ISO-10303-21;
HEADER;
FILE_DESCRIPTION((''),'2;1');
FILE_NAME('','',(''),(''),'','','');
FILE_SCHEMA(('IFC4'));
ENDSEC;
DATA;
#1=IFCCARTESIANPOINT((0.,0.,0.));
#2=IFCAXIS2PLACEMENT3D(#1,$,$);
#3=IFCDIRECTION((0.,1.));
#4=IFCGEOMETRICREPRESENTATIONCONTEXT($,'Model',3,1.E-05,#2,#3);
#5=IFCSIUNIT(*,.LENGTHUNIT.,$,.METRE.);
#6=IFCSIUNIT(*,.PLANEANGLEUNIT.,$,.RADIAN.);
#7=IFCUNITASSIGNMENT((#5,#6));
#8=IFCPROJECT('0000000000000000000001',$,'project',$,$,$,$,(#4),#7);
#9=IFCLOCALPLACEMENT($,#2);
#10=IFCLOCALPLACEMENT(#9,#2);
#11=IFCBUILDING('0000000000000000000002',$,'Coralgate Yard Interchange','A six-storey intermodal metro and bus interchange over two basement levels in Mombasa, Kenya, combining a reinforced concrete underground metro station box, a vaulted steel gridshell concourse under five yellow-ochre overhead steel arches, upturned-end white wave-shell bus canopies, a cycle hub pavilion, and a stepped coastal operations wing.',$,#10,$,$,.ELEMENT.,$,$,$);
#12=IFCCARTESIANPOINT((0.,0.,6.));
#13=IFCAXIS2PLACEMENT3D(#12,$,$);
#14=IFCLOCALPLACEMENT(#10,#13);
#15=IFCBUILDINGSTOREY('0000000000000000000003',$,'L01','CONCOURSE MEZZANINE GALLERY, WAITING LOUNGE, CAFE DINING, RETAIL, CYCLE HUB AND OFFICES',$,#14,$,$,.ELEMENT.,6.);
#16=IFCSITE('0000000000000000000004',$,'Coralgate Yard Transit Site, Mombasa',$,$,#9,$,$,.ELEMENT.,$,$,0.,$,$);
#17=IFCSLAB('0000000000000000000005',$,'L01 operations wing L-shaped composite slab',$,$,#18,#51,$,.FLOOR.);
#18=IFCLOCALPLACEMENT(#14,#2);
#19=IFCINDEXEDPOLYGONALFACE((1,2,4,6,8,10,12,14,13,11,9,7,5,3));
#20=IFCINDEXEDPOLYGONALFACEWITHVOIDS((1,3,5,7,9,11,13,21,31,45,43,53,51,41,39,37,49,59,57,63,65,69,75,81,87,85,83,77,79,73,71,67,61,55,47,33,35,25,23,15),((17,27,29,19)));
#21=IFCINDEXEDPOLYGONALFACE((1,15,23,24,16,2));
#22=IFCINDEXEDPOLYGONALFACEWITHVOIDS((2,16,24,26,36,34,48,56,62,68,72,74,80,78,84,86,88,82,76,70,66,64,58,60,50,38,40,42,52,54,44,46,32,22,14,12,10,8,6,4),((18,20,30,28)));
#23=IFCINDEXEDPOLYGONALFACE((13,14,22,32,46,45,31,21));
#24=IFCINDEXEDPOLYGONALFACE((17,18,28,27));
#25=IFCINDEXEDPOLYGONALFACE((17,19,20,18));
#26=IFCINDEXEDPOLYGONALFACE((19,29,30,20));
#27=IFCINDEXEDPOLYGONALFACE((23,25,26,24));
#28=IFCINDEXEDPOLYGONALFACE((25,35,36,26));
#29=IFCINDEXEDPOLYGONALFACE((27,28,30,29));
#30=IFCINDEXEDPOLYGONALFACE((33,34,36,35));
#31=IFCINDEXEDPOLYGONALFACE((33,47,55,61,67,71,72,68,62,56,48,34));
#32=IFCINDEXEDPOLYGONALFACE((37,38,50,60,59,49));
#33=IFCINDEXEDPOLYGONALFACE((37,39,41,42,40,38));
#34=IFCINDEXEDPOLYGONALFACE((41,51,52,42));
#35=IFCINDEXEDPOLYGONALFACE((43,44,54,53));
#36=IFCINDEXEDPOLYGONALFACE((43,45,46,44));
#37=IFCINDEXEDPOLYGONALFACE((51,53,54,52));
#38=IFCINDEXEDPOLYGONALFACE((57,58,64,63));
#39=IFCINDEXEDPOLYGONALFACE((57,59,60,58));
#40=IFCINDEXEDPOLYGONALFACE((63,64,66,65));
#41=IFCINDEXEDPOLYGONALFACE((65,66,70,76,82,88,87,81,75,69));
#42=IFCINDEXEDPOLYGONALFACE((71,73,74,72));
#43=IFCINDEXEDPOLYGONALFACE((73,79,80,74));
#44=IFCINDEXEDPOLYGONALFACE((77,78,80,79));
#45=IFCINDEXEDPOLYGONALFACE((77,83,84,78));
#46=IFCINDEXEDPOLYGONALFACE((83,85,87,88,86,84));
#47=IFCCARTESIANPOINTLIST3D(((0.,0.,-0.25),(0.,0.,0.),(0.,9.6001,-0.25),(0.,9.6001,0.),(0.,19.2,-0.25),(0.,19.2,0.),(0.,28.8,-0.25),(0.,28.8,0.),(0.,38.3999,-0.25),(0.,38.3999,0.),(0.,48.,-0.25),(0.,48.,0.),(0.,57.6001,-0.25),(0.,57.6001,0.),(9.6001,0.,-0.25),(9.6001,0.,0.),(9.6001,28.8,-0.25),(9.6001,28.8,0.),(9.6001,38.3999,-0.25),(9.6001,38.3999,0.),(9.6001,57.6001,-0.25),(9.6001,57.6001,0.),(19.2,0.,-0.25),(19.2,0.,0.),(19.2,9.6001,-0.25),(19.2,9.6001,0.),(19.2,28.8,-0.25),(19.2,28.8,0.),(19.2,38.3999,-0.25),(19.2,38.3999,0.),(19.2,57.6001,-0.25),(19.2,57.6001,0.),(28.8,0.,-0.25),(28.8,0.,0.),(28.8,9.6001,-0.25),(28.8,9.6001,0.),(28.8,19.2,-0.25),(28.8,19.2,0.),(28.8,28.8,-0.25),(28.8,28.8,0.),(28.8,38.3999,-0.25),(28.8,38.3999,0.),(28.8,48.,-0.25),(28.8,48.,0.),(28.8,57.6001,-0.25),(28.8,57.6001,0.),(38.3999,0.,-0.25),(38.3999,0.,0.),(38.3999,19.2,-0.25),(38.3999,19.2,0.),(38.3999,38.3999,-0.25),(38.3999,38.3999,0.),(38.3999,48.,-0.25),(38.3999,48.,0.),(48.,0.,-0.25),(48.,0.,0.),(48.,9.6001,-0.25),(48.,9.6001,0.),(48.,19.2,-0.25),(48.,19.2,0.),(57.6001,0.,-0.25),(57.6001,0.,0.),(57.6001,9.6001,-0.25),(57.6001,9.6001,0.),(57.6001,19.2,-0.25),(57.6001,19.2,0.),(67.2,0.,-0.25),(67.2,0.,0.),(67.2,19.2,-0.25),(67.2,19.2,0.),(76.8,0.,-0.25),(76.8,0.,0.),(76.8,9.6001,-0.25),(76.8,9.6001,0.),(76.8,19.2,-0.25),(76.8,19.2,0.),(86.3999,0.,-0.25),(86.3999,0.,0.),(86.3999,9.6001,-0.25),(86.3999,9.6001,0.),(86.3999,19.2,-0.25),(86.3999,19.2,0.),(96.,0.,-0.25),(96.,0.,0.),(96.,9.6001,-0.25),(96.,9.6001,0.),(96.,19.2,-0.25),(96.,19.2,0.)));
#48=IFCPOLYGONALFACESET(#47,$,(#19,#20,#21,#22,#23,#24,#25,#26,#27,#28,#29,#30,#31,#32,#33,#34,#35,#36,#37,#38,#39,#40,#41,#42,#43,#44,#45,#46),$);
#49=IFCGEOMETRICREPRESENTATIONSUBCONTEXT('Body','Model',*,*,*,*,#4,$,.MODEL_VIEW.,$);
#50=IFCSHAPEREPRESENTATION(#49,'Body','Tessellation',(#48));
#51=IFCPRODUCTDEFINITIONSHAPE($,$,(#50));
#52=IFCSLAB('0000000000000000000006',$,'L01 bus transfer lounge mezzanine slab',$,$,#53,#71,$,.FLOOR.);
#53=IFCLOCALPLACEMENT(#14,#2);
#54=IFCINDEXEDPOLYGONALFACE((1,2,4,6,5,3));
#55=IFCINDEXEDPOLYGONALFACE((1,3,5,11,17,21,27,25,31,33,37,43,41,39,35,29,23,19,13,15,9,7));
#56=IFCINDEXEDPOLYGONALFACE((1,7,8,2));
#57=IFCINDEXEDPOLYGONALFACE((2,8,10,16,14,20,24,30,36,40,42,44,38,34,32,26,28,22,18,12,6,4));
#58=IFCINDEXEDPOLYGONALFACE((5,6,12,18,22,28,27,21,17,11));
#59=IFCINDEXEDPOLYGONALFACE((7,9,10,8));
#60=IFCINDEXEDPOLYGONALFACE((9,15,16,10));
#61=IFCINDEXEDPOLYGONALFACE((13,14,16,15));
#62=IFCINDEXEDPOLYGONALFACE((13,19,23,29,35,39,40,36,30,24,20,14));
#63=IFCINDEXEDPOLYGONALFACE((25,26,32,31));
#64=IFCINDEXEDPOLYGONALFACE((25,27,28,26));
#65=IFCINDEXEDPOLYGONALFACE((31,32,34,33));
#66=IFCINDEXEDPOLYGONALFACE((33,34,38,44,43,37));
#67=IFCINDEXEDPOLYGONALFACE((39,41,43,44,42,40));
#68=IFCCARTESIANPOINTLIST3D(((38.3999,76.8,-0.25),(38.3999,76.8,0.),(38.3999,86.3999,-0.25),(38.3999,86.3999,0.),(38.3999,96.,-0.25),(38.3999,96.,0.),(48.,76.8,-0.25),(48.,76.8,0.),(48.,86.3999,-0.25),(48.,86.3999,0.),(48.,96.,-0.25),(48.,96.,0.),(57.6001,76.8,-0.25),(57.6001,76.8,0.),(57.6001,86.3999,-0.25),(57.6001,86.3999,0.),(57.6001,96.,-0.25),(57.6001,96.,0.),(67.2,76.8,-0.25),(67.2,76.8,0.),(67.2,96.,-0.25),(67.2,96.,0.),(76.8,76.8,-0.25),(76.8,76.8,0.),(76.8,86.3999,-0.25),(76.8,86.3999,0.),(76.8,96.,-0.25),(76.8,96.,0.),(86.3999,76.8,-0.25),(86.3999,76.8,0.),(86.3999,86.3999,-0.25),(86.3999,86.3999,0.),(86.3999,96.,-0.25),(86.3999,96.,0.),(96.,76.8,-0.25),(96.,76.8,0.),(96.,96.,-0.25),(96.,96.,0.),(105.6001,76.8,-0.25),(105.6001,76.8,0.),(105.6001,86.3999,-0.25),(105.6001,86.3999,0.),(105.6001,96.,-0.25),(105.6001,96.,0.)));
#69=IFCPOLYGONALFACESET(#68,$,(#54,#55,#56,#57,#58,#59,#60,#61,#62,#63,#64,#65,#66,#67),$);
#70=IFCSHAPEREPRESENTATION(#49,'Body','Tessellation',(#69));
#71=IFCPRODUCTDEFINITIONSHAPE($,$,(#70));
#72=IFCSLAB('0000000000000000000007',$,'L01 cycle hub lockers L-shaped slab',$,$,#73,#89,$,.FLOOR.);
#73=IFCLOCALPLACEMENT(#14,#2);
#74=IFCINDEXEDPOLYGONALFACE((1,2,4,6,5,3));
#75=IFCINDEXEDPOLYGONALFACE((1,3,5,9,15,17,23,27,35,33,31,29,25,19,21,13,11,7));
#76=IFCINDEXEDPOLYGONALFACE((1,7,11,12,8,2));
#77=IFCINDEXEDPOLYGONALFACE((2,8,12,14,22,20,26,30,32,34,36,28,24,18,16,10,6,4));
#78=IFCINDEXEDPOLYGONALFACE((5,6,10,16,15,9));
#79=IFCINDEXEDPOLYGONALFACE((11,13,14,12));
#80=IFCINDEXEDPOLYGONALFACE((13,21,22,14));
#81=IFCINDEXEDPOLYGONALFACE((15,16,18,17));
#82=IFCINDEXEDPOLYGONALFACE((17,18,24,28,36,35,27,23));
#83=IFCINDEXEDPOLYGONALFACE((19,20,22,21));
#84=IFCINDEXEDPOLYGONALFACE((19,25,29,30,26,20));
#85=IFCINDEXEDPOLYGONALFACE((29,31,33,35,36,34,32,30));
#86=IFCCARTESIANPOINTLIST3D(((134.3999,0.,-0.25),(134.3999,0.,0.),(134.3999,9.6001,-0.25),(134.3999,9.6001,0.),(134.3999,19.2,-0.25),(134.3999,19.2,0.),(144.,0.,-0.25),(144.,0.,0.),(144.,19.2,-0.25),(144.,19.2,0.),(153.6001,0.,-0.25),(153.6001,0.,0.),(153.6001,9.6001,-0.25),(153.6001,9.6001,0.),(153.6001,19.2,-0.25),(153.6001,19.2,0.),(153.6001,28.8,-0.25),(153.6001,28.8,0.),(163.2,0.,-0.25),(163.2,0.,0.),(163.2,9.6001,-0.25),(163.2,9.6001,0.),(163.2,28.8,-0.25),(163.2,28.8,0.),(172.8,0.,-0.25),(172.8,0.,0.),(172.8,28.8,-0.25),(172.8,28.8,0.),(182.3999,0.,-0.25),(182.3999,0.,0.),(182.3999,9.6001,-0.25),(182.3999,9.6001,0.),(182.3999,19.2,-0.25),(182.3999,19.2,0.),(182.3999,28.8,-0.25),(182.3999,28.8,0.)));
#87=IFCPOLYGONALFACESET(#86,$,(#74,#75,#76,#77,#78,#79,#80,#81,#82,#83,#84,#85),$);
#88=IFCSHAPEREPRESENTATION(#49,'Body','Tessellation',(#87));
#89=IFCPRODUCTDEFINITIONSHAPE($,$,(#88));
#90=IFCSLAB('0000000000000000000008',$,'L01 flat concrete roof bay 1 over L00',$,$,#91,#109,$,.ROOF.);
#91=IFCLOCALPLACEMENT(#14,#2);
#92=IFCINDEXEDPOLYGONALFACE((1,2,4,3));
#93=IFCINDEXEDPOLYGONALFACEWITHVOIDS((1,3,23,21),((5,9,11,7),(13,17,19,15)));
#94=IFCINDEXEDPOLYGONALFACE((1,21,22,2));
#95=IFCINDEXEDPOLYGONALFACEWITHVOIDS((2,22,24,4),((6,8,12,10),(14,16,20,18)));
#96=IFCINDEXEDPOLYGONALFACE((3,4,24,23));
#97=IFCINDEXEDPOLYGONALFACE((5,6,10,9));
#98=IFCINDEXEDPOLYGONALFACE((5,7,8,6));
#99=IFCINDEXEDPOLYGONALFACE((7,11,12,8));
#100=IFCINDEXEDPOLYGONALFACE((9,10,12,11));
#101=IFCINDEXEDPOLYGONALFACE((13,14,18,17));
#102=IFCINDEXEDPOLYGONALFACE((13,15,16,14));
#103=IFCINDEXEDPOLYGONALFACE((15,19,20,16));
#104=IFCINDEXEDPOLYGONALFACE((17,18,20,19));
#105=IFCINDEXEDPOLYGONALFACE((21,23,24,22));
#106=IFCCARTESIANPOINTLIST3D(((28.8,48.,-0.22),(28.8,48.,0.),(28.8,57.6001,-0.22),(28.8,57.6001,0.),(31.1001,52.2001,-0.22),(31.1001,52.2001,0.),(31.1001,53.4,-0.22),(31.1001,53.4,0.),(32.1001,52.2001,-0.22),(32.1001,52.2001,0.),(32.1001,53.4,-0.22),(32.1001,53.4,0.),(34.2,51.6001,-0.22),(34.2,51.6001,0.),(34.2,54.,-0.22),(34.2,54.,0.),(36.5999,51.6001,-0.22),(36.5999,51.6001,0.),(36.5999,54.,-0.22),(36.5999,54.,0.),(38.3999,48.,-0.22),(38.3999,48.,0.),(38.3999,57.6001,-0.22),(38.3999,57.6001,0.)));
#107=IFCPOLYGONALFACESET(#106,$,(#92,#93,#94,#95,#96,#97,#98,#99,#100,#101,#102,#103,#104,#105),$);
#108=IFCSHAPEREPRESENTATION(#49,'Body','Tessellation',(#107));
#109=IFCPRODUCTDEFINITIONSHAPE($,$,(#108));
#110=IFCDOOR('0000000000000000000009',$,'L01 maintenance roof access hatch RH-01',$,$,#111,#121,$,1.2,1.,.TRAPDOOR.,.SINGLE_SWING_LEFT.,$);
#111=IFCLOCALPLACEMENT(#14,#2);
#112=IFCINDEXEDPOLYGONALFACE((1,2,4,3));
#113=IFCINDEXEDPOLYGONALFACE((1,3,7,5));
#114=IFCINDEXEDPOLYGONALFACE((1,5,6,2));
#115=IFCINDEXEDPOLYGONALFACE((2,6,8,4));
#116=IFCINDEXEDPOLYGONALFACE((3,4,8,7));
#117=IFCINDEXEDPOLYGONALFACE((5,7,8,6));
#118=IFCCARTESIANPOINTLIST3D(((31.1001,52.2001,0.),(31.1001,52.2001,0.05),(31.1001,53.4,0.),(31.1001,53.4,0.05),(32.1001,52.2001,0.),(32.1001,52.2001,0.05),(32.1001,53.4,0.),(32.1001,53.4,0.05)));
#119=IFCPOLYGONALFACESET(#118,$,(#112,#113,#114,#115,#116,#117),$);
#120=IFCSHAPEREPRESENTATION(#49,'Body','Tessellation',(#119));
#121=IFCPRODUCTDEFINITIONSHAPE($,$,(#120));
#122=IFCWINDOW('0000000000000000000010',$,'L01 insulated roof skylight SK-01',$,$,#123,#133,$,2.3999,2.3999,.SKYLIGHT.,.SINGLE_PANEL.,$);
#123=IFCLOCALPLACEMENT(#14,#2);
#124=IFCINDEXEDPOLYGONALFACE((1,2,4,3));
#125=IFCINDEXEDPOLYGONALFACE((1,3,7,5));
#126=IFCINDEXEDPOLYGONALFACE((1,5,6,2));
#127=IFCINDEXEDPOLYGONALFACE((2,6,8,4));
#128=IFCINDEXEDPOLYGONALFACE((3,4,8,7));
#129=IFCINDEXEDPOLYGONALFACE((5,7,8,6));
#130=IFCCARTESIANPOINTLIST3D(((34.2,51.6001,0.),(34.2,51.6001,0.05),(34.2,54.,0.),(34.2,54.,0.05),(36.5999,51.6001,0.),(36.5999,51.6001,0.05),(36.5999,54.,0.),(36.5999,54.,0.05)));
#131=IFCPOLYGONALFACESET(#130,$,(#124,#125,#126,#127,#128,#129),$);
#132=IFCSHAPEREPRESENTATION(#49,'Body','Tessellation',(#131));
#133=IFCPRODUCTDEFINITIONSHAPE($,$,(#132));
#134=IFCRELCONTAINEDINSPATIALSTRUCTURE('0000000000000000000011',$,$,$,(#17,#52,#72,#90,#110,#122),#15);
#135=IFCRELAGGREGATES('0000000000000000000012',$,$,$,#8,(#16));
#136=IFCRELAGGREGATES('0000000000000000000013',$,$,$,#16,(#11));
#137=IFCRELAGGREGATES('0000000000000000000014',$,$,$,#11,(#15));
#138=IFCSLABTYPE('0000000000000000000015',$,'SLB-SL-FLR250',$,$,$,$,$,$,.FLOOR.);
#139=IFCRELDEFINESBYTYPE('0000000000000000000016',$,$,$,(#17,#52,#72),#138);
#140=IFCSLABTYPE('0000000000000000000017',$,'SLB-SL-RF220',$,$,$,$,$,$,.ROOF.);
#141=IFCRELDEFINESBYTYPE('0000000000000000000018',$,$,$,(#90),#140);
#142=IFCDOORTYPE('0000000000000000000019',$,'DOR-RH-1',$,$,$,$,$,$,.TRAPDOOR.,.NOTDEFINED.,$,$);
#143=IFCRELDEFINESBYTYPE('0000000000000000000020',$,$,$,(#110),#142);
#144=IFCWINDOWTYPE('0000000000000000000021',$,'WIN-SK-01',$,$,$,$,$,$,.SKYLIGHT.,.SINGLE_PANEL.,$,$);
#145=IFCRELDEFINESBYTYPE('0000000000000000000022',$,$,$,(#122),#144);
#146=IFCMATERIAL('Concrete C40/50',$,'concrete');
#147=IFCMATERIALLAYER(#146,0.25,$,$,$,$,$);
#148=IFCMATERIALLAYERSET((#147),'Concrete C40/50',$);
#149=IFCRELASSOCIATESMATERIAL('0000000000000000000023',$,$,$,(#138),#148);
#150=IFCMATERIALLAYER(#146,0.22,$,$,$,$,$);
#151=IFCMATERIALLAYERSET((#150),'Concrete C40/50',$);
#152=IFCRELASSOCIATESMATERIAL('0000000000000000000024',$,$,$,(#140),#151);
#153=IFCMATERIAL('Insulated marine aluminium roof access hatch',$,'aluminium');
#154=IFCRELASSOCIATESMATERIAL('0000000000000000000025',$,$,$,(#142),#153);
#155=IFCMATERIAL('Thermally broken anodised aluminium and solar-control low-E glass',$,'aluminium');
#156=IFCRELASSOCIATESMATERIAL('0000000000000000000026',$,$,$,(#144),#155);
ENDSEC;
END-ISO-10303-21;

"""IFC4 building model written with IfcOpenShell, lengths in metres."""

from ifc_helpers import new_model, si_unit, direction, frame, origin, origin_2d, place, context, subcontext, project, spatial, polyline, rectangle, outline, extrude, material, layer, layer_set, type_object, element, fill, save


model = new_model("IFC4")

# Units and contexts
model_context = context("Model", 3, precision=1e-05, world=origin(), true_north=direction((0.0, 1.0)))
body_context = subcontext(model_context, "Body", "Model", "MODEL_VIEW")
ifc_project = project(units=[si_unit("LENGTHUNIT", "METRE"), si_unit("PLANEANGLEUNIT", "RADIAN")], contexts=[model_context])

# Site, building, storey
site_placement = place(None, origin())
site = spatial("IfcSite", under=ifc_project, at=site_placement, Name="Coralgate Yard Transit Site, Mombasa", CompositionType="ELEMENT", RefElevation=0.0)
building_placement = place(site_placement, origin())
building = spatial("IfcBuilding", under=site, at=building_placement, Name="Coralgate Yard Interchange", Description="A six-storey intermodal metro and bus interchange over two basement levels in Mombasa, Kenya, combining a reinforced concrete underground metro station box, a vaulted steel gridshell concourse under five yellow-ochre overhead steel arches, upturned-end white wave-shell bus canopies, a cycle hub pavilion, and a stepped coastal operations wing.", CompositionType="ELEMENT")
storey_placement = place(building_placement, frame((0.0, 0.0, 6.0)))
storey = spatial("IfcBuildingStorey", under=building, at=storey_placement, Name="L01", Description="CONCOURSE MEZZANINE GALLERY, WAITING LOUNGE, CAFE DINING, RETAIL, CYCLE HUB AND OFFICES", CompositionType="ELEMENT", Elevation=6.0)

# Shared definitions
ifc_material_1 = material(Name="Concrete C40/50", Category="concrete")

# Slabs
ifc_layer_1 = layer(ifc_material_1, 0.25)
ifc_layer_set_1 = layer_set([ifc_layer_1], Name="Concrete C40/50")
slab_type_1 = type_object("IfcSlabType", Name="SLB-SL-FLR250", PredefinedType="FLOOR", material=ifc_layer_set_1)
slab_1_placement = place(storey_placement, frame((0.0, 0.0, -0.25)))
element("IfcSlab", 1, at=slab_1_placement, inside=storey, type_object=slab_type_1, Name="L01 operations wing L-shaped composite slab", PredefinedType="FLOOR", context=body_context, shape_type="SweptSolid", body=[
    extrude(outline(polyline([(0.0, 28.8), (0.0, 38.3999), (0.0, 48.0), (0.0, 57.6001), (9.6001, 57.6001), (19.2, 57.6001), (28.8, 57.6001), (28.8, 48.0), (38.3999, 48.0), (38.3999, 38.3999), (28.8, 38.3999), (28.8, 28.8), (28.8, 19.2), (38.3999, 19.2), (48.0, 19.2), (48.0, 9.6001), (57.6001, 9.6001), (57.6001, 19.2), (67.2, 19.2), (76.8, 19.2), (86.3999, 19.2), (96.0, 19.2), (96.0, 9.6001), (96.0, 0.0), (86.3999, 0.0), (86.3999, 9.6001), (76.8, 9.6001), (76.8, 0.0), (67.2, 0.0), (57.6001, 0.0), (48.0, 0.0), (38.3999, 0.0), (28.8, 0.0), (28.8, 9.6001), (19.2, 9.6001), (19.2, 0.0), (9.6001, 0.0), (0.0, 0.0), (0.0, 9.6001), (0.0, 19.2), (0.0, 28.8)]), holes=[polyline([(9.6001, 38.3999), (9.6001, 28.8), (19.2, 28.8), (19.2, 38.3999), (9.6001, 38.3999)])]), origin(), (0.0, 0.0, 1.0), 0.25),
])
slab_2_placement = place(storey_placement, frame((0.0, 0.0, -0.25)))
element("IfcSlab", 2, at=slab_2_placement, inside=storey, type_object=slab_type_1, Name="L01 bus transfer lounge mezzanine slab", PredefinedType="FLOOR", context=body_context, shape_type="SweptSolid", body=[
    extrude(outline(polyline([(38.3999, 86.3999), (38.3999, 96.0), (48.0, 96.0), (57.6001, 96.0), (67.2, 96.0), (76.8, 96.0), (76.8, 86.3999), (86.3999, 86.3999), (86.3999, 96.0), (96.0, 96.0), (105.6001, 96.0), (105.6001, 86.3999), (105.6001, 76.8), (96.0, 76.8), (86.3999, 76.8), (76.8, 76.8), (67.2, 76.8), (57.6001, 76.8), (57.6001, 86.3999), (48.0, 86.3999), (48.0, 76.8), (38.3999, 76.8), (38.3999, 86.3999)])), origin(), (0.0, 0.0, 1.0), 0.25),
])
slab_3_placement = place(storey_placement, frame((0.0, 0.0, -0.25)))
element("IfcSlab", 3, at=slab_3_placement, inside=storey, type_object=slab_type_1, Name="L01 cycle hub lockers L-shaped slab", PredefinedType="FLOOR", context=body_context, shape_type="SweptSolid", body=[
    extrude(outline(polyline([(134.3999, 19.2), (144.0, 19.2), (153.6001, 19.2), (153.6001, 28.8), (163.2, 28.8), (172.8, 28.8), (182.3999, 28.8), (182.3999, 19.2), (182.3999, 9.6001), (182.3999, 0.0), (172.8, 0.0), (163.2, 0.0), (163.2, 9.6001), (153.6001, 9.6001), (153.6001, 0.0), (144.0, 0.0), (134.3999, 0.0), (134.3999, 9.6001), (134.3999, 19.2)])), origin(), (0.0, 0.0, 1.0), 0.25),
])

# Slab, openings, door, window
ifc_layer_2 = layer(ifc_material_1, 0.22)
ifc_layer_set_2 = layer_set([ifc_layer_2], Name="Concrete C40/50")
slab_type_2 = type_object("IfcSlabType", Name="SLB-SL-RF220", PredefinedType="ROOF", material=ifc_layer_set_2)
slab_4_placement = place(storey_placement, frame((0.0, 0.0, -0.22)))
slab_4 = element("IfcSlab", 4, at=slab_4_placement, inside=storey, type_object=slab_type_2, Name="L01 flat concrete roof bay 1 over L00", PredefinedType="ROOF", context=body_context, shape_type="SweptSolid", body=[
    extrude(outline(polyline([(28.8, 48.0), (38.3999, 48.0), (38.3999, 57.6001), (28.8, 57.6001), (28.8, 48.0)])), origin(), (0.0, 0.0, 1.0), 0.22),
])
opening_1_placement = place(slab_4_placement, frame((31.6001, 52.8, -0.01)))
opening_1 = element("IfcOpeningElement", 5, at=opening_1_placement, cuts=slab_4, PredefinedType="OPENING", context=body_context, shape_type="SweptSolid", body=[
    extrude(rectangle(XDim=1.0, YDim=1.2, at=origin_2d()), origin(), (0.0, 0.0, 1.0), 0.29),
])
opening_2_placement = place(slab_4_placement, frame((35.3999, 52.8, -0.01)))
opening_2 = element("IfcOpeningElement", 6, at=opening_2_placement, cuts=slab_4, PredefinedType="OPENING", context=body_context, shape_type="SweptSolid", body=[
    extrude(rectangle(XDim=2.3999, YDim=2.3999, at=origin_2d()), origin(), (0.0, 0.0, 1.0), 0.29),
])
ifc_material_2 = material(Name="Insulated marine aluminium roof access hatch", Category="aluminium")
door_type_1 = type_object("IfcDoorType", Name="DOR-RH-1", OperationType="NOTDEFINED", PredefinedType="TRAPDOOR", material=ifc_material_2)
door_1_placement = place(opening_1_placement, frame((0.0, 0.0, 0.23)))
door_1 = element("IfcDoor", 7, at=door_1_placement, inside=storey, type_object=door_type_1, Name="L01 maintenance roof access hatch RH-01", OperationType="SINGLE_SWING_LEFT", OverallHeight=1.2, OverallWidth=1.0, PredefinedType="TRAPDOOR", context=body_context, shape_type="SweptSolid", body=[
    extrude(rectangle(XDim=1.0, YDim=1.2, at=origin_2d()), origin(), (0.0, 0.0, 1.0), 0.05),
])
fill(opening_1, door_1)
ifc_material_3 = material(Name="Thermally broken anodised aluminium and solar-control low-E glass", Category="aluminium")
window_type_1 = type_object("IfcWindowType", Name="WIN-SK-01", PartitioningType="SINGLE_PANEL", PredefinedType="SKYLIGHT", material=ifc_material_3)
window_1_placement = place(opening_2_placement, frame((0.0, 0.0, 0.23)))
window_1 = element("IfcWindow", 8, at=window_1_placement, inside=storey, type_object=window_type_1, Name="L01 insulated roof skylight SK-01", OverallHeight=2.3999, OverallWidth=2.3999, PartitioningType="SINGLE_PANEL", PredefinedType="SKYLIGHT", context=body_context, shape_type="SweptSolid", body=[
    extrude(rectangle(XDim=2.3999, YDim=2.3999, at=origin_2d()), origin(), (0.0, 0.0, 1.0), 0.05),
])
fill(opening_2, window_1)

save(model, "model.ifc")
